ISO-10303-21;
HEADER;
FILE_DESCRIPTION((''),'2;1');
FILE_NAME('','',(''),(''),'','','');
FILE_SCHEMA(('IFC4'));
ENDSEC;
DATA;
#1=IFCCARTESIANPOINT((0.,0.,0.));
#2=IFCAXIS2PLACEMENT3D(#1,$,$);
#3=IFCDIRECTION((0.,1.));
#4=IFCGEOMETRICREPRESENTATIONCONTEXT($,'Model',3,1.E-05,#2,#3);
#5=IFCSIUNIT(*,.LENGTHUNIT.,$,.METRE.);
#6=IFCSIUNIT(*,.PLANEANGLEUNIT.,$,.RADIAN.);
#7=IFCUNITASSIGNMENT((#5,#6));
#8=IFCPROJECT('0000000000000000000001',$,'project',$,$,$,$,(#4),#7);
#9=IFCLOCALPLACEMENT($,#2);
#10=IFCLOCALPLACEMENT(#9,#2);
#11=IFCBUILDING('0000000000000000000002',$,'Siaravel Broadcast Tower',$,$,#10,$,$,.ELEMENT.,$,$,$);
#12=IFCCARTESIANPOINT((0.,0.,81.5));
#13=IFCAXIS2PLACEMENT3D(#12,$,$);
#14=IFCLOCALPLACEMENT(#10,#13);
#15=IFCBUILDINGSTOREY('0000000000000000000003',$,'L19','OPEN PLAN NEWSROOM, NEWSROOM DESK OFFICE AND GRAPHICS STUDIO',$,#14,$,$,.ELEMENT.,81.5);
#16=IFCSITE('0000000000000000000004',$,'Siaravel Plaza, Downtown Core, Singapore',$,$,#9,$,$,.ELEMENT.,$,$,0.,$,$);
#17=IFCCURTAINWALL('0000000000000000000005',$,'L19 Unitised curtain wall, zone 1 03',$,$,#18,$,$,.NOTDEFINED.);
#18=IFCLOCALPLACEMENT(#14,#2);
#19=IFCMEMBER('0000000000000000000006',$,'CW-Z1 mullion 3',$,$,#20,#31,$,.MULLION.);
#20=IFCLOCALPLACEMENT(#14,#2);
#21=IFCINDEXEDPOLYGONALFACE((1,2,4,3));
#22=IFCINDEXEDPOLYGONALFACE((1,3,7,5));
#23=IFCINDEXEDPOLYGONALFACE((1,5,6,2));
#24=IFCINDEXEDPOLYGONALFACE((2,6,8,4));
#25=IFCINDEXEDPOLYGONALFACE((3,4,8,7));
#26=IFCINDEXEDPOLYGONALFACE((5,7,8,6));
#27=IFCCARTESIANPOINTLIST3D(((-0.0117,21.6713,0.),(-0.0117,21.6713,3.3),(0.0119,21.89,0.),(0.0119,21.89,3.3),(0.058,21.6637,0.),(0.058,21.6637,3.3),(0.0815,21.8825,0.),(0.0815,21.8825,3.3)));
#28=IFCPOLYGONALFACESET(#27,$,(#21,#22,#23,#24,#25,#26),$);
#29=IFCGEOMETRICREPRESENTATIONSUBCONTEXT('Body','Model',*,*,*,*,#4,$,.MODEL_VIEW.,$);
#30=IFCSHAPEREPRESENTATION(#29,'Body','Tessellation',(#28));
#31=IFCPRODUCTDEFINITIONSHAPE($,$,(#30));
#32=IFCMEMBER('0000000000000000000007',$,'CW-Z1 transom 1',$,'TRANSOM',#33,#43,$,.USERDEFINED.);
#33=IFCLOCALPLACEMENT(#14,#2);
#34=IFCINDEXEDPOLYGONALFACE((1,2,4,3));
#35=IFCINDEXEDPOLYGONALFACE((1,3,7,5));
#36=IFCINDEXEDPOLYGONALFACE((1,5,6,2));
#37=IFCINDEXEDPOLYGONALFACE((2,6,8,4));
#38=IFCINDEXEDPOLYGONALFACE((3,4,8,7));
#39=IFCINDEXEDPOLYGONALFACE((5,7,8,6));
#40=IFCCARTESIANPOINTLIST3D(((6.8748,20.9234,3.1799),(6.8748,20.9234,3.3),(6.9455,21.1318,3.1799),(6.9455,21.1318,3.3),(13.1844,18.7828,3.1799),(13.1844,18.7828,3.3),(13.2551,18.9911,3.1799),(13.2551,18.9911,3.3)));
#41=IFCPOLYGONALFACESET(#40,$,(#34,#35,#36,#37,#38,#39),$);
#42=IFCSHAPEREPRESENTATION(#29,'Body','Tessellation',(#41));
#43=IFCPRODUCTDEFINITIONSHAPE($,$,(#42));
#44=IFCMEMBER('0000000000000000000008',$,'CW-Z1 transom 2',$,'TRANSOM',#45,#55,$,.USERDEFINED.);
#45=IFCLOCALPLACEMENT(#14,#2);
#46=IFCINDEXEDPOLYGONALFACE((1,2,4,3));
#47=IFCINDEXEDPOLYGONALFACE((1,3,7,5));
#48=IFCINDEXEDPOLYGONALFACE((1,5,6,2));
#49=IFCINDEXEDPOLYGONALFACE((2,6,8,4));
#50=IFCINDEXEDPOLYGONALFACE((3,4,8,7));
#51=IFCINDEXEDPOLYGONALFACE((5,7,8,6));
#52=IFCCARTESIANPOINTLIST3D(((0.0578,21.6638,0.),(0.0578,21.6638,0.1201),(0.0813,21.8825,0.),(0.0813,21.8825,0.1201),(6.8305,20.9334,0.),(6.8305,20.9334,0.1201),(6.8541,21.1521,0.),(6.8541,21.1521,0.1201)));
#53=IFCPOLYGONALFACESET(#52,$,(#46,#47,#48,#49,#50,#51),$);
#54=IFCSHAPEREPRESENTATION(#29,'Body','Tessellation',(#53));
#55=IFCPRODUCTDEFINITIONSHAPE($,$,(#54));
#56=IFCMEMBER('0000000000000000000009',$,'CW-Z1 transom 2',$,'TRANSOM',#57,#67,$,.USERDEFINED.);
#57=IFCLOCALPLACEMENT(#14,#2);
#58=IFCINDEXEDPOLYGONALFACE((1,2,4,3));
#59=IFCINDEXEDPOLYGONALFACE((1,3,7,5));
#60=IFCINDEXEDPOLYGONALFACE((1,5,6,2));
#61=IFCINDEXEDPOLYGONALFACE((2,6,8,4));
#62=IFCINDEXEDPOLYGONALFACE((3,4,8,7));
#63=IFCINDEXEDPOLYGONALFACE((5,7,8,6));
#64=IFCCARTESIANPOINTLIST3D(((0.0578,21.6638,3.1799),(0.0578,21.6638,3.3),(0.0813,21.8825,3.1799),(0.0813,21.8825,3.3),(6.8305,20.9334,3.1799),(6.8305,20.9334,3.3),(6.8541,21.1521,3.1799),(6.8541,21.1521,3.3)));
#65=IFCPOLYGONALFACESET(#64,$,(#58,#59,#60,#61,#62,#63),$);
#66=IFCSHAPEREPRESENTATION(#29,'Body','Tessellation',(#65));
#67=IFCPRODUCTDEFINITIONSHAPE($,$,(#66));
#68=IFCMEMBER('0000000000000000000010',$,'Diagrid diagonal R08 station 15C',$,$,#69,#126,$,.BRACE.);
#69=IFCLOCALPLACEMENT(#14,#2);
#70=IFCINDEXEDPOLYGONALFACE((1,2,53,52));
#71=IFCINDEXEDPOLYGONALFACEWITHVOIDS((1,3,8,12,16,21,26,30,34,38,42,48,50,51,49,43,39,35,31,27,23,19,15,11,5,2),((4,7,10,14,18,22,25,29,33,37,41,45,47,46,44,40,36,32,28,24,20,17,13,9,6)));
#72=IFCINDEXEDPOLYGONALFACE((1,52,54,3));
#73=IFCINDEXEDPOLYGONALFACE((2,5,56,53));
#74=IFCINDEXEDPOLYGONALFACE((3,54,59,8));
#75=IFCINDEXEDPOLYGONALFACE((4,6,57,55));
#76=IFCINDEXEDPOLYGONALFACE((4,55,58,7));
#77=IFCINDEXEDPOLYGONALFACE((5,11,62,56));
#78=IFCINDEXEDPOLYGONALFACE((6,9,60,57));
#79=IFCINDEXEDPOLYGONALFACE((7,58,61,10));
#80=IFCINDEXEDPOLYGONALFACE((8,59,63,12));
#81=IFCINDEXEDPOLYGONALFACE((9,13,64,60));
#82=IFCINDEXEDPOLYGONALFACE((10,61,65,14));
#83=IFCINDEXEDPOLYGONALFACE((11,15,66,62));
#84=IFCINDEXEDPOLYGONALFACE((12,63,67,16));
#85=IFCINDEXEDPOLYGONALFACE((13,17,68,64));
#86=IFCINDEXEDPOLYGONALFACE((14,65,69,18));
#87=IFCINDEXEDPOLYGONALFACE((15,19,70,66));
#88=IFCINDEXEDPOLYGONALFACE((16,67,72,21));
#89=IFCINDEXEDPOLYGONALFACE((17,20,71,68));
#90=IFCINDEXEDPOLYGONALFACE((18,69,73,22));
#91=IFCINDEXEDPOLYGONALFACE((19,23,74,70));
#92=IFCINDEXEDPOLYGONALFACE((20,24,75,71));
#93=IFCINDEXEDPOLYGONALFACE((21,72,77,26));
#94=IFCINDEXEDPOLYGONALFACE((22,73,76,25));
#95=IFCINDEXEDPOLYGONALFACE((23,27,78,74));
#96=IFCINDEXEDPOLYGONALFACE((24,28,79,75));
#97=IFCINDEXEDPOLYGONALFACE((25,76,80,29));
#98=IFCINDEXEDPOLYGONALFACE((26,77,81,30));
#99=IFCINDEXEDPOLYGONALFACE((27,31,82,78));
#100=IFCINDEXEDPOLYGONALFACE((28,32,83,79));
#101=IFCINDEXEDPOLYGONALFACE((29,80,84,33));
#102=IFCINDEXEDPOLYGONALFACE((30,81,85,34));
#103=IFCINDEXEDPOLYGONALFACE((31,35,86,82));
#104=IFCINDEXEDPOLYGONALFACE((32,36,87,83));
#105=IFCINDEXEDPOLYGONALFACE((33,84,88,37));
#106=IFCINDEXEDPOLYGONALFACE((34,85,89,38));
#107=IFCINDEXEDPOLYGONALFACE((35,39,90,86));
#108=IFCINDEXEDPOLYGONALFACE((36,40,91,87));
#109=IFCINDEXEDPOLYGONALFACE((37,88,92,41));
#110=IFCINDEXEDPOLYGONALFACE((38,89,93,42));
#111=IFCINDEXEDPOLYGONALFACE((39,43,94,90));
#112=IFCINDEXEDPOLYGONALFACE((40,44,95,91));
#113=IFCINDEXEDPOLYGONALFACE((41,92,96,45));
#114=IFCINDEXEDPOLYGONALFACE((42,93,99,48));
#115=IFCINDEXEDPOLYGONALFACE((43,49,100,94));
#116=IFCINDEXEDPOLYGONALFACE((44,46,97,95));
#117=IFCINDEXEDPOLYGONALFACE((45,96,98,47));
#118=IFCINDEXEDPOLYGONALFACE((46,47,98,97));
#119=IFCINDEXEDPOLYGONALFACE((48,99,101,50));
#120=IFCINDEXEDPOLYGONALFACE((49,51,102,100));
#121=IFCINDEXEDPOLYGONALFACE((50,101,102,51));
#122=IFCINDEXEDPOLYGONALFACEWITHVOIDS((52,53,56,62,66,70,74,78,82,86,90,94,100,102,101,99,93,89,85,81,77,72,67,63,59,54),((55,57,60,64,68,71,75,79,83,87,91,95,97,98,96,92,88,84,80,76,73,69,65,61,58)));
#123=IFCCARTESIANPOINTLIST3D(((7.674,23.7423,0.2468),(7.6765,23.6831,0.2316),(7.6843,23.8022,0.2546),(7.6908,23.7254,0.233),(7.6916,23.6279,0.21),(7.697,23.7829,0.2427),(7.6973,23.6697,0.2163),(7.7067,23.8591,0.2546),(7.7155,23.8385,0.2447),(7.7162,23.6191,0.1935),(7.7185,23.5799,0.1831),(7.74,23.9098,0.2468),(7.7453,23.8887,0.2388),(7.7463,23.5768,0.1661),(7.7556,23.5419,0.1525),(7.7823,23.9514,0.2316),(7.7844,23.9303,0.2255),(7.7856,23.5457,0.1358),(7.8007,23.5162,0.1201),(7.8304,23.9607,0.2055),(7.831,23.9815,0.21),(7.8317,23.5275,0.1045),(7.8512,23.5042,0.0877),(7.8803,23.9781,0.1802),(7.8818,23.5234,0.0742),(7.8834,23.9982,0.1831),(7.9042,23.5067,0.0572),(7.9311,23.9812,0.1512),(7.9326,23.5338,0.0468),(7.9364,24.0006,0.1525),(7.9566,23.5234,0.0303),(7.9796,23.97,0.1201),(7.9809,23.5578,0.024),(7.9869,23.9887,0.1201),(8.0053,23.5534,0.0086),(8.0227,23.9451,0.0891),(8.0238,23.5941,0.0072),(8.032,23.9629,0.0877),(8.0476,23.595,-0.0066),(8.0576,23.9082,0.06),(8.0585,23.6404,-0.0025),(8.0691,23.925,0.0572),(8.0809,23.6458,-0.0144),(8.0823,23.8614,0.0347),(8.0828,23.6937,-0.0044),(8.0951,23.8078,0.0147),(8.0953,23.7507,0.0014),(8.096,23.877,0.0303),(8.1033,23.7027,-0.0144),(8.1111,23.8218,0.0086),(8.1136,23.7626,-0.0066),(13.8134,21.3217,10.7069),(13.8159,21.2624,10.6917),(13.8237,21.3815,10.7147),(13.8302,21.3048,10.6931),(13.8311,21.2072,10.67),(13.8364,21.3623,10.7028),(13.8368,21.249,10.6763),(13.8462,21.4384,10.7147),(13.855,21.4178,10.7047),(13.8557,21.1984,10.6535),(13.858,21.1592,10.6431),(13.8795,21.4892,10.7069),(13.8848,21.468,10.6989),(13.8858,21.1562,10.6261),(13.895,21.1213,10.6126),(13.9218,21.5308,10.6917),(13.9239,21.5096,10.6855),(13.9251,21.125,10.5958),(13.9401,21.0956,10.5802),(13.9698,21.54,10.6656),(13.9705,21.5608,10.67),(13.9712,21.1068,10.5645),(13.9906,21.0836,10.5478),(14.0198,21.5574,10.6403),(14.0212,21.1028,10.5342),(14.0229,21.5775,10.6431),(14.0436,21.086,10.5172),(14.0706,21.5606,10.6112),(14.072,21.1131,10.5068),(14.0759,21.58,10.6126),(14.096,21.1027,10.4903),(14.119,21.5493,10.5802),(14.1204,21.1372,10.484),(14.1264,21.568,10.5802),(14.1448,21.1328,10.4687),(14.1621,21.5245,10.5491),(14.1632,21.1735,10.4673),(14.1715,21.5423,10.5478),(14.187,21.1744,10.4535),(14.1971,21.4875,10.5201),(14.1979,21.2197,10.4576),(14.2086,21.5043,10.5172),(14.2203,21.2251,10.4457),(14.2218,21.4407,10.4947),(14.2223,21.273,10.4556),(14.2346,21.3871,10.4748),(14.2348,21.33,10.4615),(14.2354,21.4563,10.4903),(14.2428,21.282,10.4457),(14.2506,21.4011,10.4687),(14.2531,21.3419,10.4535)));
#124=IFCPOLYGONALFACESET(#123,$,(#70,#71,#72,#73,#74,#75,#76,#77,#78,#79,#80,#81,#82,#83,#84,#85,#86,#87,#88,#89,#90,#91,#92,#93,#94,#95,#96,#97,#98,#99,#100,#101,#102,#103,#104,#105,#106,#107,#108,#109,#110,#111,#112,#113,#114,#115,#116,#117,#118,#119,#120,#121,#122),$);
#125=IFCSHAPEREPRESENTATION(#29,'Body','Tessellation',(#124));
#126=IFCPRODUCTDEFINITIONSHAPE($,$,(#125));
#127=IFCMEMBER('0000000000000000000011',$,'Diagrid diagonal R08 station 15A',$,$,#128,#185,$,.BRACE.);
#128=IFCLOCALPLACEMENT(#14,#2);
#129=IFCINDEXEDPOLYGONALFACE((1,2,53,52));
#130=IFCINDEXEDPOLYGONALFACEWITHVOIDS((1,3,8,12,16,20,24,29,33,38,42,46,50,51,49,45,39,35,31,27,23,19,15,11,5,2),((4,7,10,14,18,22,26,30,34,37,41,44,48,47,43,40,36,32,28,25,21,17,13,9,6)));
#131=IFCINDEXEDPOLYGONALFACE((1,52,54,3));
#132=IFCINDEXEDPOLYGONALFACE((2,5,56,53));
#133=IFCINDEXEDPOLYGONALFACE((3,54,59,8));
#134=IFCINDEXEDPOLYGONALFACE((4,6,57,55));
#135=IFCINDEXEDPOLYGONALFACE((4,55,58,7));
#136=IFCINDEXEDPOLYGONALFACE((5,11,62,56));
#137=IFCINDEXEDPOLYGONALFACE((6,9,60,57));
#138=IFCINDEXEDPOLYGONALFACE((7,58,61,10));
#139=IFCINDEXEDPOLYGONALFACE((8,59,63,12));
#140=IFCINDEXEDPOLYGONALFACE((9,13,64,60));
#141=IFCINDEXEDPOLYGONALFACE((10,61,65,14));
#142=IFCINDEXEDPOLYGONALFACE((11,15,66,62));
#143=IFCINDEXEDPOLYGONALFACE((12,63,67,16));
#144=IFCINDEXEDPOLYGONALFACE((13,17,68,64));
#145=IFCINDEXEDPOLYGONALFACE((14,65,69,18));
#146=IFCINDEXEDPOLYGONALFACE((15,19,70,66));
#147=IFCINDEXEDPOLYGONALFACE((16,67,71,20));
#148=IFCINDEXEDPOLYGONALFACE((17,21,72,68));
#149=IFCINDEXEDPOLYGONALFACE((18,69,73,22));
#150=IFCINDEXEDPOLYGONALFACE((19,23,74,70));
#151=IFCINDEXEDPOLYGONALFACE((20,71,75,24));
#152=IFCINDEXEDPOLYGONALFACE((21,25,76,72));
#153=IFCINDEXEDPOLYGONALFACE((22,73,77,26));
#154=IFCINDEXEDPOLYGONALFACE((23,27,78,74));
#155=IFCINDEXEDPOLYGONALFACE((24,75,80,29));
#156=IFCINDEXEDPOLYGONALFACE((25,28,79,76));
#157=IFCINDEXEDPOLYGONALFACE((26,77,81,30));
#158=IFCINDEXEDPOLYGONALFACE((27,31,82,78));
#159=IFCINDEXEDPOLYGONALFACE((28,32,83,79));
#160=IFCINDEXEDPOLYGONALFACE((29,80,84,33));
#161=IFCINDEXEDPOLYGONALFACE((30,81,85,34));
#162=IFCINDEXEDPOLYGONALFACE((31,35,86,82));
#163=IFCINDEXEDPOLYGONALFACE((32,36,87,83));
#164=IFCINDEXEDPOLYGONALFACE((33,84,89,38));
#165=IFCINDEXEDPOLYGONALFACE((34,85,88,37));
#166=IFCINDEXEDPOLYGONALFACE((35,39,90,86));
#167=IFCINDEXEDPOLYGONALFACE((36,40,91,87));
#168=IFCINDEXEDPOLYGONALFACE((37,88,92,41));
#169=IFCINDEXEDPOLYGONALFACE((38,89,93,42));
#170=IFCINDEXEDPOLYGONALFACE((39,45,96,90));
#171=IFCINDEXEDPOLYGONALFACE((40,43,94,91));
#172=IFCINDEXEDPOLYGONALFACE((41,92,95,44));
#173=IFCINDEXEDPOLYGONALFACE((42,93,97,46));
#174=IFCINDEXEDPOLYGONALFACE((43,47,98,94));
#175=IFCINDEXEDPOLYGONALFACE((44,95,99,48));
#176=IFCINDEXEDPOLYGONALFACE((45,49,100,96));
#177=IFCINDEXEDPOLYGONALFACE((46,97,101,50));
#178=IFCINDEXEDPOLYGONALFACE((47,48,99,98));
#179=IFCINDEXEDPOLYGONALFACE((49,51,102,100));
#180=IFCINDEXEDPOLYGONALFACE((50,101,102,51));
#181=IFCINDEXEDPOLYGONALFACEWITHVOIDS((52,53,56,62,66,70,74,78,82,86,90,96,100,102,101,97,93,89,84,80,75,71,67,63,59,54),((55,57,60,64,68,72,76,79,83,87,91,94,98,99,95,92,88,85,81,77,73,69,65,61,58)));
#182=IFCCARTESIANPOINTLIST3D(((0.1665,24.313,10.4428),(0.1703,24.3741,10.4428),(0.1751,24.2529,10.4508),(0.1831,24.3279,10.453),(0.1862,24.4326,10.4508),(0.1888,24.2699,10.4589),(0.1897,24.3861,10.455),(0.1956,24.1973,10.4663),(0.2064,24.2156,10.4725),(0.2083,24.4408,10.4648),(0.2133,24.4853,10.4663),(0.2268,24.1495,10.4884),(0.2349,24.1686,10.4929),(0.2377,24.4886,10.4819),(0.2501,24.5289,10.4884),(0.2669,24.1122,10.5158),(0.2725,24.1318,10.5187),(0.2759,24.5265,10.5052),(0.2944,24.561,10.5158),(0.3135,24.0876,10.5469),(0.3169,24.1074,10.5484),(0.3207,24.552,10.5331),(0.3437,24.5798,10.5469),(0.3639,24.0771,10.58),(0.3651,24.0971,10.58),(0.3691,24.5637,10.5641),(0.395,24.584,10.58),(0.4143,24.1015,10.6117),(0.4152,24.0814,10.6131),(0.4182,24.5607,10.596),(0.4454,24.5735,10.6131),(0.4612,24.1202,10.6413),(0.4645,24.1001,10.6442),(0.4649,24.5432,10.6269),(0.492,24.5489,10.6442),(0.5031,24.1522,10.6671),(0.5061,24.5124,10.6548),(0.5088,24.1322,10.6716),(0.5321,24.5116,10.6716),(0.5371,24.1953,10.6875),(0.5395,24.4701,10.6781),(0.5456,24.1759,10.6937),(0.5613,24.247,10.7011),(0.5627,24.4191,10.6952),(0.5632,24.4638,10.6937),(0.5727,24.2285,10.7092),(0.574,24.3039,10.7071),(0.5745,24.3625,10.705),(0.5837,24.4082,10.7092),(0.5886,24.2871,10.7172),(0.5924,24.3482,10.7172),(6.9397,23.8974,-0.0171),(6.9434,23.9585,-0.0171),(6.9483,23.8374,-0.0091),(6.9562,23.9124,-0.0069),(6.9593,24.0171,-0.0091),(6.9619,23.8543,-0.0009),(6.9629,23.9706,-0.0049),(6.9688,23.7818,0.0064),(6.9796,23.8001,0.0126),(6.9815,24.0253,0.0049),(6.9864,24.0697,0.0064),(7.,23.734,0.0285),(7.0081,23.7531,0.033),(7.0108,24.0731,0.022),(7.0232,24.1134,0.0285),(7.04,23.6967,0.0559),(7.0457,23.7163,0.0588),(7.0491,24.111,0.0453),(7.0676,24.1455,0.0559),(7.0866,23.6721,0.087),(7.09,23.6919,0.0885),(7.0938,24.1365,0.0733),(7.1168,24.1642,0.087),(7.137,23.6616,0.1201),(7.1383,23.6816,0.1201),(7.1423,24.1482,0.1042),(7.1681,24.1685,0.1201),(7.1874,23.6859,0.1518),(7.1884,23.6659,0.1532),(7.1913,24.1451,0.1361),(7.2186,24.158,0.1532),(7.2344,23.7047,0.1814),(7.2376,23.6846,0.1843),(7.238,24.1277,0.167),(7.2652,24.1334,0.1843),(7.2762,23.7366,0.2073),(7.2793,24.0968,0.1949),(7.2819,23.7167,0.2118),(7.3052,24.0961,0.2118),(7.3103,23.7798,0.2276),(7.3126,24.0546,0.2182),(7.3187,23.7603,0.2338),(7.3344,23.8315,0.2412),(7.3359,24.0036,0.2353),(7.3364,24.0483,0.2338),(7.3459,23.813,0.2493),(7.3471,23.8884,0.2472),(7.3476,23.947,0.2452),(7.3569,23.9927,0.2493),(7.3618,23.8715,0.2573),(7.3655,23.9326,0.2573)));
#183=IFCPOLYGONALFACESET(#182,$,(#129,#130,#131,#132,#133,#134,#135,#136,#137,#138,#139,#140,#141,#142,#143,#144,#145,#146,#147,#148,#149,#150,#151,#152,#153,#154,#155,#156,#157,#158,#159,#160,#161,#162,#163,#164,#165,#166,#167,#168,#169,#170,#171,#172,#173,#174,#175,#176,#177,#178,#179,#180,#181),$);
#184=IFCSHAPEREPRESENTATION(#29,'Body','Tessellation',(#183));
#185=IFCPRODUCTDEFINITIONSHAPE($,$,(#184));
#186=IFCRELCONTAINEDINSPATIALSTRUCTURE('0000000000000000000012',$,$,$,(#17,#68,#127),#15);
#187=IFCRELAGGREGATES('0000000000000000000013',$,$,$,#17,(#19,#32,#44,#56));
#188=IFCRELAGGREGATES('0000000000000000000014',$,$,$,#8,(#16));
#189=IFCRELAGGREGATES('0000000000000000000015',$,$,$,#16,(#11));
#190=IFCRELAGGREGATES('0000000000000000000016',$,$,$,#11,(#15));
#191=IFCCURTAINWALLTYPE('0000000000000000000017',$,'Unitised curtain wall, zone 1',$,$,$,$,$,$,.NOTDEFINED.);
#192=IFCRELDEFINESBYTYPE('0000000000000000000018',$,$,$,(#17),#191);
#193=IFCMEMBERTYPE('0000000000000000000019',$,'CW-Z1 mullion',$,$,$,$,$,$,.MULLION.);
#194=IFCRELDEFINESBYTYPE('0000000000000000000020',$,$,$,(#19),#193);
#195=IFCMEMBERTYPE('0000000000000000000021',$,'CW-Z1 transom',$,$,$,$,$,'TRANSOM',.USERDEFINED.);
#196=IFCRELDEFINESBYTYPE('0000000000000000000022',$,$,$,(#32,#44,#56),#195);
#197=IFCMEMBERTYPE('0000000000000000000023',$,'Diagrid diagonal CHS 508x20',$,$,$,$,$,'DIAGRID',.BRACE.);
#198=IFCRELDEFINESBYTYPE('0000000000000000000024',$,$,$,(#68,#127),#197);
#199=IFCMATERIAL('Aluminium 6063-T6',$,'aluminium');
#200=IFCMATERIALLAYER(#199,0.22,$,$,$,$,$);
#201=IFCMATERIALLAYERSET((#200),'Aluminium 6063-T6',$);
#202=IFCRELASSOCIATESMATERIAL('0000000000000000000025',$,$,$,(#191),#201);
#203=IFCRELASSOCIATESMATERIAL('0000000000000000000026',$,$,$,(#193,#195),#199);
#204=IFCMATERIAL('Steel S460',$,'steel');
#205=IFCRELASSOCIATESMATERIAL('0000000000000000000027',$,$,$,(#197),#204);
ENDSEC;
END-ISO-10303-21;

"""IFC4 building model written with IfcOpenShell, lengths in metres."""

from ifc_helpers import new_model, si_unit, direction, frame, origin, origin_2d, place, context, subcontext, project, spatial, rectangle, hollow_circle, extrude, material, layer, layer_set, material_profile, profile_set, type_object, element, aggregate, save


model = new_model("IFC4")

# Units and contexts
model_context = context("Model", 3, precision=1e-05, world=origin(), true_north=direction((0.0, 1.0)))
body_context = subcontext(model_context, "Body", "Model", "MODEL_VIEW")
ifc_project = project(units=[si_unit("LENGTHUNIT", "METRE"), si_unit("PLANEANGLEUNIT", "RADIAN")], contexts=[model_context])

# Site, building, storey
site_placement = place(None, origin())
site = spatial("IfcSite", under=ifc_project, at=site_placement, Name="Siaravel Plaza, Downtown Core, Singapore", CompositionType="ELEMENT", RefElevation=0.0)
building_placement = place(site_placement, origin())
building = spatial("IfcBuilding", under=site, at=building_placement, Name="Siaravel Broadcast Tower", CompositionType="ELEMENT")
storey_placement = place(building_placement, frame((0.0, 0.0, 81.5)))
storey = spatial("IfcBuildingStorey", under=building, at=storey_placement, Name="L19", Description="OPEN PLAN NEWSROOM, NEWSROOM DESK OFFICE AND GRAPHICS STUDIO", CompositionType="ELEMENT", Elevation=81.5)

# Curtain wall, members
ifc_material_1 = material(Name="Aluminium 6063-T6", Category="aluminium")
ifc_layer_1 = layer(ifc_material_1, 0.22)
ifc_layer_set_1 = layer_set([ifc_layer_1], Name="Aluminium 6063-T6")
curtain_wall_type = type_object("IfcCurtainWallType", Name="Unitised curtain wall, zone 1", PredefinedType="NOTDEFINED", material=ifc_layer_set_1)
curtain_wall_placement = place(storey_placement, origin())
curtain_wall = element("IfcCurtainWall", 1, at=curtain_wall_placement, inside=storey, type_object=curtain_wall_type, Name="L19 Unitised curtain wall, zone 1 03", PredefinedType="NOTDEFINED")
ifc_material_profile_1 = material_profile(ifc_material_1, rectangle(XDim=0.22, YDim=0.0701, at=origin_2d()))
ifc_profile_set_1 = profile_set([ifc_material_profile_1], Name="Aluminium 6063-T6")
member_type_1 = type_object("IfcMemberType", Name="CW-Z1 mullion", PredefinedType="MULLION", material=ifc_profile_set_1)
member_1_placement = place(storey_placement, frame((0.0349, 21.7769, 0.0), z_axis=(0.0, 0.0, 1.0), x_axis=(-0.107218, -0.994236, 0.0)))
member_1 = element("IfcMember", 2, at=member_1_placement, type_object=member_type_1, Name="CW-Z1 mullion 3", PredefinedType="MULLION", context=body_context, shape_type="SweptSolid", body=[
    extrude(rectangle(XDim=0.22, YDim=0.0701, at=origin_2d()), origin(), (0.0, 0.0, 1.0), 3.3),
])
ifc_material_profile_2 = material_profile(ifc_material_1, rectangle(XDim=0.22, YDim=0.1201, at=origin_2d()))
ifc_profile_set_2 = profile_set([ifc_material_profile_2], Name="Aluminium 6063-T6")
member_type_2 = type_object("IfcMemberType", Name="CW-Z1 transom", ElementType="TRANSOM", PredefinedType="USERDEFINED", material=ifc_profile_set_2)
member_2_placement = place(storey_placement, frame((13.2197, 18.887, 3.24), z_axis=(-0.946984, 0.32128, 0.0), x_axis=(-0.32128, -0.946984, 0.0)))
member_2 = element("IfcMember", 3, at=member_2_placement, type_object=member_type_2, Name="CW-Z1 transom 1", ObjectType="TRANSOM", PredefinedType="USERDEFINED", context=body_context, shape_type="SweptSolid", body=[
    extrude(rectangle(XDim=0.22, YDim=0.1201, at=origin_2d()), origin(), (0.0, 0.0, 1.0), 6.6628),
])
member_3_placement = place(storey_placement, frame((6.8423, 21.0427, 0.0601), z_axis=(-0.994234, 0.107233, 0.0), x_axis=(-0.107233, -0.994234, 0.0)))
member_3 = element("IfcMember", 4, at=member_3_placement, type_object=member_type_2, Name="CW-Z1 transom 2", ObjectType="TRANSOM", PredefinedType="USERDEFINED", context=body_context, shape_type="SweptSolid", body=[
    extrude(rectangle(XDim=0.22, YDim=0.1201, at=origin_2d()), origin(), (0.0, 0.0, 1.0), 6.812),
])
member_4_placement = place(storey_placement, frame((6.8423, 21.0427, 3.24), z_axis=(-0.994234, 0.107233, 0.0), x_axis=(-0.107233, -0.994234, 0.0)))
member_4 = element("IfcMember", 5, at=member_4_placement, type_object=member_type_2, Name="CW-Z1 transom 2", ObjectType="TRANSOM", PredefinedType="USERDEFINED", context=body_context, shape_type="SweptSolid", body=[
    extrude(rectangle(XDim=0.22, YDim=0.1201, at=origin_2d()), origin(), (0.0, 0.0, 1.0), 6.812),
])

# Members
ifc_material_2 = material(Name="Steel S460", Category="steel")
ifc_material_profile_3 = material_profile(ifc_material_2, hollow_circle(Radius=0.2539, WallThickness=0.02, at=origin_2d()))
ifc_profile_set_3 = profile_set([ifc_material_profile_3], Name="Steel S460")
member_type_3 = type_object("IfcMemberType", Name="Diagrid diagonal CHS 508x20", ElementType="DIAGRID", PredefinedType="BRACE", material=ifc_profile_set_3)
member_5_placement = place(storey_placement, frame((7.8938, 23.7524, 0.1201), z_axis=(0.496402, -0.195722, 0.845741), x_axis=(0.3668, 0.9303, 0.0)))
element("IfcMember", 6, at=member_5_placement, inside=storey, type_object=member_type_3, Name="Diagrid diagonal R08 station 15C", PredefinedType="BRACE", context=body_context, shape_type="SweptSolid", body=[
    extrude(hollow_circle(Radius=0.2539, WallThickness=0.02, at=origin_2d()), origin(), (0.0, 0.0, 1.0), 12.3679),
])
member_6_placement = place(storey_placement, frame((7.1526, 23.915, 0.1201), z_axis=(-0.543231, 0.033327, 0.838921), x_axis=(-0.061234, -0.998123, 0.0)))
element("IfcMember", 7, at=member_6_placement, inside=storey, type_object=member_type_3, Name="Diagrid diagonal R08 station 15A", PredefinedType="BRACE", context=body_context, shape_type="SweptSolid", body=[
    extrude(hollow_circle(Radius=0.2539, WallThickness=0.02, at=origin_2d()), origin(), (0.0, 0.0, 1.0), 12.4683),
])

aggregate(curtain_wall, [member_1, member_2, member_3, member_4])

save(model, "model.ifc")
